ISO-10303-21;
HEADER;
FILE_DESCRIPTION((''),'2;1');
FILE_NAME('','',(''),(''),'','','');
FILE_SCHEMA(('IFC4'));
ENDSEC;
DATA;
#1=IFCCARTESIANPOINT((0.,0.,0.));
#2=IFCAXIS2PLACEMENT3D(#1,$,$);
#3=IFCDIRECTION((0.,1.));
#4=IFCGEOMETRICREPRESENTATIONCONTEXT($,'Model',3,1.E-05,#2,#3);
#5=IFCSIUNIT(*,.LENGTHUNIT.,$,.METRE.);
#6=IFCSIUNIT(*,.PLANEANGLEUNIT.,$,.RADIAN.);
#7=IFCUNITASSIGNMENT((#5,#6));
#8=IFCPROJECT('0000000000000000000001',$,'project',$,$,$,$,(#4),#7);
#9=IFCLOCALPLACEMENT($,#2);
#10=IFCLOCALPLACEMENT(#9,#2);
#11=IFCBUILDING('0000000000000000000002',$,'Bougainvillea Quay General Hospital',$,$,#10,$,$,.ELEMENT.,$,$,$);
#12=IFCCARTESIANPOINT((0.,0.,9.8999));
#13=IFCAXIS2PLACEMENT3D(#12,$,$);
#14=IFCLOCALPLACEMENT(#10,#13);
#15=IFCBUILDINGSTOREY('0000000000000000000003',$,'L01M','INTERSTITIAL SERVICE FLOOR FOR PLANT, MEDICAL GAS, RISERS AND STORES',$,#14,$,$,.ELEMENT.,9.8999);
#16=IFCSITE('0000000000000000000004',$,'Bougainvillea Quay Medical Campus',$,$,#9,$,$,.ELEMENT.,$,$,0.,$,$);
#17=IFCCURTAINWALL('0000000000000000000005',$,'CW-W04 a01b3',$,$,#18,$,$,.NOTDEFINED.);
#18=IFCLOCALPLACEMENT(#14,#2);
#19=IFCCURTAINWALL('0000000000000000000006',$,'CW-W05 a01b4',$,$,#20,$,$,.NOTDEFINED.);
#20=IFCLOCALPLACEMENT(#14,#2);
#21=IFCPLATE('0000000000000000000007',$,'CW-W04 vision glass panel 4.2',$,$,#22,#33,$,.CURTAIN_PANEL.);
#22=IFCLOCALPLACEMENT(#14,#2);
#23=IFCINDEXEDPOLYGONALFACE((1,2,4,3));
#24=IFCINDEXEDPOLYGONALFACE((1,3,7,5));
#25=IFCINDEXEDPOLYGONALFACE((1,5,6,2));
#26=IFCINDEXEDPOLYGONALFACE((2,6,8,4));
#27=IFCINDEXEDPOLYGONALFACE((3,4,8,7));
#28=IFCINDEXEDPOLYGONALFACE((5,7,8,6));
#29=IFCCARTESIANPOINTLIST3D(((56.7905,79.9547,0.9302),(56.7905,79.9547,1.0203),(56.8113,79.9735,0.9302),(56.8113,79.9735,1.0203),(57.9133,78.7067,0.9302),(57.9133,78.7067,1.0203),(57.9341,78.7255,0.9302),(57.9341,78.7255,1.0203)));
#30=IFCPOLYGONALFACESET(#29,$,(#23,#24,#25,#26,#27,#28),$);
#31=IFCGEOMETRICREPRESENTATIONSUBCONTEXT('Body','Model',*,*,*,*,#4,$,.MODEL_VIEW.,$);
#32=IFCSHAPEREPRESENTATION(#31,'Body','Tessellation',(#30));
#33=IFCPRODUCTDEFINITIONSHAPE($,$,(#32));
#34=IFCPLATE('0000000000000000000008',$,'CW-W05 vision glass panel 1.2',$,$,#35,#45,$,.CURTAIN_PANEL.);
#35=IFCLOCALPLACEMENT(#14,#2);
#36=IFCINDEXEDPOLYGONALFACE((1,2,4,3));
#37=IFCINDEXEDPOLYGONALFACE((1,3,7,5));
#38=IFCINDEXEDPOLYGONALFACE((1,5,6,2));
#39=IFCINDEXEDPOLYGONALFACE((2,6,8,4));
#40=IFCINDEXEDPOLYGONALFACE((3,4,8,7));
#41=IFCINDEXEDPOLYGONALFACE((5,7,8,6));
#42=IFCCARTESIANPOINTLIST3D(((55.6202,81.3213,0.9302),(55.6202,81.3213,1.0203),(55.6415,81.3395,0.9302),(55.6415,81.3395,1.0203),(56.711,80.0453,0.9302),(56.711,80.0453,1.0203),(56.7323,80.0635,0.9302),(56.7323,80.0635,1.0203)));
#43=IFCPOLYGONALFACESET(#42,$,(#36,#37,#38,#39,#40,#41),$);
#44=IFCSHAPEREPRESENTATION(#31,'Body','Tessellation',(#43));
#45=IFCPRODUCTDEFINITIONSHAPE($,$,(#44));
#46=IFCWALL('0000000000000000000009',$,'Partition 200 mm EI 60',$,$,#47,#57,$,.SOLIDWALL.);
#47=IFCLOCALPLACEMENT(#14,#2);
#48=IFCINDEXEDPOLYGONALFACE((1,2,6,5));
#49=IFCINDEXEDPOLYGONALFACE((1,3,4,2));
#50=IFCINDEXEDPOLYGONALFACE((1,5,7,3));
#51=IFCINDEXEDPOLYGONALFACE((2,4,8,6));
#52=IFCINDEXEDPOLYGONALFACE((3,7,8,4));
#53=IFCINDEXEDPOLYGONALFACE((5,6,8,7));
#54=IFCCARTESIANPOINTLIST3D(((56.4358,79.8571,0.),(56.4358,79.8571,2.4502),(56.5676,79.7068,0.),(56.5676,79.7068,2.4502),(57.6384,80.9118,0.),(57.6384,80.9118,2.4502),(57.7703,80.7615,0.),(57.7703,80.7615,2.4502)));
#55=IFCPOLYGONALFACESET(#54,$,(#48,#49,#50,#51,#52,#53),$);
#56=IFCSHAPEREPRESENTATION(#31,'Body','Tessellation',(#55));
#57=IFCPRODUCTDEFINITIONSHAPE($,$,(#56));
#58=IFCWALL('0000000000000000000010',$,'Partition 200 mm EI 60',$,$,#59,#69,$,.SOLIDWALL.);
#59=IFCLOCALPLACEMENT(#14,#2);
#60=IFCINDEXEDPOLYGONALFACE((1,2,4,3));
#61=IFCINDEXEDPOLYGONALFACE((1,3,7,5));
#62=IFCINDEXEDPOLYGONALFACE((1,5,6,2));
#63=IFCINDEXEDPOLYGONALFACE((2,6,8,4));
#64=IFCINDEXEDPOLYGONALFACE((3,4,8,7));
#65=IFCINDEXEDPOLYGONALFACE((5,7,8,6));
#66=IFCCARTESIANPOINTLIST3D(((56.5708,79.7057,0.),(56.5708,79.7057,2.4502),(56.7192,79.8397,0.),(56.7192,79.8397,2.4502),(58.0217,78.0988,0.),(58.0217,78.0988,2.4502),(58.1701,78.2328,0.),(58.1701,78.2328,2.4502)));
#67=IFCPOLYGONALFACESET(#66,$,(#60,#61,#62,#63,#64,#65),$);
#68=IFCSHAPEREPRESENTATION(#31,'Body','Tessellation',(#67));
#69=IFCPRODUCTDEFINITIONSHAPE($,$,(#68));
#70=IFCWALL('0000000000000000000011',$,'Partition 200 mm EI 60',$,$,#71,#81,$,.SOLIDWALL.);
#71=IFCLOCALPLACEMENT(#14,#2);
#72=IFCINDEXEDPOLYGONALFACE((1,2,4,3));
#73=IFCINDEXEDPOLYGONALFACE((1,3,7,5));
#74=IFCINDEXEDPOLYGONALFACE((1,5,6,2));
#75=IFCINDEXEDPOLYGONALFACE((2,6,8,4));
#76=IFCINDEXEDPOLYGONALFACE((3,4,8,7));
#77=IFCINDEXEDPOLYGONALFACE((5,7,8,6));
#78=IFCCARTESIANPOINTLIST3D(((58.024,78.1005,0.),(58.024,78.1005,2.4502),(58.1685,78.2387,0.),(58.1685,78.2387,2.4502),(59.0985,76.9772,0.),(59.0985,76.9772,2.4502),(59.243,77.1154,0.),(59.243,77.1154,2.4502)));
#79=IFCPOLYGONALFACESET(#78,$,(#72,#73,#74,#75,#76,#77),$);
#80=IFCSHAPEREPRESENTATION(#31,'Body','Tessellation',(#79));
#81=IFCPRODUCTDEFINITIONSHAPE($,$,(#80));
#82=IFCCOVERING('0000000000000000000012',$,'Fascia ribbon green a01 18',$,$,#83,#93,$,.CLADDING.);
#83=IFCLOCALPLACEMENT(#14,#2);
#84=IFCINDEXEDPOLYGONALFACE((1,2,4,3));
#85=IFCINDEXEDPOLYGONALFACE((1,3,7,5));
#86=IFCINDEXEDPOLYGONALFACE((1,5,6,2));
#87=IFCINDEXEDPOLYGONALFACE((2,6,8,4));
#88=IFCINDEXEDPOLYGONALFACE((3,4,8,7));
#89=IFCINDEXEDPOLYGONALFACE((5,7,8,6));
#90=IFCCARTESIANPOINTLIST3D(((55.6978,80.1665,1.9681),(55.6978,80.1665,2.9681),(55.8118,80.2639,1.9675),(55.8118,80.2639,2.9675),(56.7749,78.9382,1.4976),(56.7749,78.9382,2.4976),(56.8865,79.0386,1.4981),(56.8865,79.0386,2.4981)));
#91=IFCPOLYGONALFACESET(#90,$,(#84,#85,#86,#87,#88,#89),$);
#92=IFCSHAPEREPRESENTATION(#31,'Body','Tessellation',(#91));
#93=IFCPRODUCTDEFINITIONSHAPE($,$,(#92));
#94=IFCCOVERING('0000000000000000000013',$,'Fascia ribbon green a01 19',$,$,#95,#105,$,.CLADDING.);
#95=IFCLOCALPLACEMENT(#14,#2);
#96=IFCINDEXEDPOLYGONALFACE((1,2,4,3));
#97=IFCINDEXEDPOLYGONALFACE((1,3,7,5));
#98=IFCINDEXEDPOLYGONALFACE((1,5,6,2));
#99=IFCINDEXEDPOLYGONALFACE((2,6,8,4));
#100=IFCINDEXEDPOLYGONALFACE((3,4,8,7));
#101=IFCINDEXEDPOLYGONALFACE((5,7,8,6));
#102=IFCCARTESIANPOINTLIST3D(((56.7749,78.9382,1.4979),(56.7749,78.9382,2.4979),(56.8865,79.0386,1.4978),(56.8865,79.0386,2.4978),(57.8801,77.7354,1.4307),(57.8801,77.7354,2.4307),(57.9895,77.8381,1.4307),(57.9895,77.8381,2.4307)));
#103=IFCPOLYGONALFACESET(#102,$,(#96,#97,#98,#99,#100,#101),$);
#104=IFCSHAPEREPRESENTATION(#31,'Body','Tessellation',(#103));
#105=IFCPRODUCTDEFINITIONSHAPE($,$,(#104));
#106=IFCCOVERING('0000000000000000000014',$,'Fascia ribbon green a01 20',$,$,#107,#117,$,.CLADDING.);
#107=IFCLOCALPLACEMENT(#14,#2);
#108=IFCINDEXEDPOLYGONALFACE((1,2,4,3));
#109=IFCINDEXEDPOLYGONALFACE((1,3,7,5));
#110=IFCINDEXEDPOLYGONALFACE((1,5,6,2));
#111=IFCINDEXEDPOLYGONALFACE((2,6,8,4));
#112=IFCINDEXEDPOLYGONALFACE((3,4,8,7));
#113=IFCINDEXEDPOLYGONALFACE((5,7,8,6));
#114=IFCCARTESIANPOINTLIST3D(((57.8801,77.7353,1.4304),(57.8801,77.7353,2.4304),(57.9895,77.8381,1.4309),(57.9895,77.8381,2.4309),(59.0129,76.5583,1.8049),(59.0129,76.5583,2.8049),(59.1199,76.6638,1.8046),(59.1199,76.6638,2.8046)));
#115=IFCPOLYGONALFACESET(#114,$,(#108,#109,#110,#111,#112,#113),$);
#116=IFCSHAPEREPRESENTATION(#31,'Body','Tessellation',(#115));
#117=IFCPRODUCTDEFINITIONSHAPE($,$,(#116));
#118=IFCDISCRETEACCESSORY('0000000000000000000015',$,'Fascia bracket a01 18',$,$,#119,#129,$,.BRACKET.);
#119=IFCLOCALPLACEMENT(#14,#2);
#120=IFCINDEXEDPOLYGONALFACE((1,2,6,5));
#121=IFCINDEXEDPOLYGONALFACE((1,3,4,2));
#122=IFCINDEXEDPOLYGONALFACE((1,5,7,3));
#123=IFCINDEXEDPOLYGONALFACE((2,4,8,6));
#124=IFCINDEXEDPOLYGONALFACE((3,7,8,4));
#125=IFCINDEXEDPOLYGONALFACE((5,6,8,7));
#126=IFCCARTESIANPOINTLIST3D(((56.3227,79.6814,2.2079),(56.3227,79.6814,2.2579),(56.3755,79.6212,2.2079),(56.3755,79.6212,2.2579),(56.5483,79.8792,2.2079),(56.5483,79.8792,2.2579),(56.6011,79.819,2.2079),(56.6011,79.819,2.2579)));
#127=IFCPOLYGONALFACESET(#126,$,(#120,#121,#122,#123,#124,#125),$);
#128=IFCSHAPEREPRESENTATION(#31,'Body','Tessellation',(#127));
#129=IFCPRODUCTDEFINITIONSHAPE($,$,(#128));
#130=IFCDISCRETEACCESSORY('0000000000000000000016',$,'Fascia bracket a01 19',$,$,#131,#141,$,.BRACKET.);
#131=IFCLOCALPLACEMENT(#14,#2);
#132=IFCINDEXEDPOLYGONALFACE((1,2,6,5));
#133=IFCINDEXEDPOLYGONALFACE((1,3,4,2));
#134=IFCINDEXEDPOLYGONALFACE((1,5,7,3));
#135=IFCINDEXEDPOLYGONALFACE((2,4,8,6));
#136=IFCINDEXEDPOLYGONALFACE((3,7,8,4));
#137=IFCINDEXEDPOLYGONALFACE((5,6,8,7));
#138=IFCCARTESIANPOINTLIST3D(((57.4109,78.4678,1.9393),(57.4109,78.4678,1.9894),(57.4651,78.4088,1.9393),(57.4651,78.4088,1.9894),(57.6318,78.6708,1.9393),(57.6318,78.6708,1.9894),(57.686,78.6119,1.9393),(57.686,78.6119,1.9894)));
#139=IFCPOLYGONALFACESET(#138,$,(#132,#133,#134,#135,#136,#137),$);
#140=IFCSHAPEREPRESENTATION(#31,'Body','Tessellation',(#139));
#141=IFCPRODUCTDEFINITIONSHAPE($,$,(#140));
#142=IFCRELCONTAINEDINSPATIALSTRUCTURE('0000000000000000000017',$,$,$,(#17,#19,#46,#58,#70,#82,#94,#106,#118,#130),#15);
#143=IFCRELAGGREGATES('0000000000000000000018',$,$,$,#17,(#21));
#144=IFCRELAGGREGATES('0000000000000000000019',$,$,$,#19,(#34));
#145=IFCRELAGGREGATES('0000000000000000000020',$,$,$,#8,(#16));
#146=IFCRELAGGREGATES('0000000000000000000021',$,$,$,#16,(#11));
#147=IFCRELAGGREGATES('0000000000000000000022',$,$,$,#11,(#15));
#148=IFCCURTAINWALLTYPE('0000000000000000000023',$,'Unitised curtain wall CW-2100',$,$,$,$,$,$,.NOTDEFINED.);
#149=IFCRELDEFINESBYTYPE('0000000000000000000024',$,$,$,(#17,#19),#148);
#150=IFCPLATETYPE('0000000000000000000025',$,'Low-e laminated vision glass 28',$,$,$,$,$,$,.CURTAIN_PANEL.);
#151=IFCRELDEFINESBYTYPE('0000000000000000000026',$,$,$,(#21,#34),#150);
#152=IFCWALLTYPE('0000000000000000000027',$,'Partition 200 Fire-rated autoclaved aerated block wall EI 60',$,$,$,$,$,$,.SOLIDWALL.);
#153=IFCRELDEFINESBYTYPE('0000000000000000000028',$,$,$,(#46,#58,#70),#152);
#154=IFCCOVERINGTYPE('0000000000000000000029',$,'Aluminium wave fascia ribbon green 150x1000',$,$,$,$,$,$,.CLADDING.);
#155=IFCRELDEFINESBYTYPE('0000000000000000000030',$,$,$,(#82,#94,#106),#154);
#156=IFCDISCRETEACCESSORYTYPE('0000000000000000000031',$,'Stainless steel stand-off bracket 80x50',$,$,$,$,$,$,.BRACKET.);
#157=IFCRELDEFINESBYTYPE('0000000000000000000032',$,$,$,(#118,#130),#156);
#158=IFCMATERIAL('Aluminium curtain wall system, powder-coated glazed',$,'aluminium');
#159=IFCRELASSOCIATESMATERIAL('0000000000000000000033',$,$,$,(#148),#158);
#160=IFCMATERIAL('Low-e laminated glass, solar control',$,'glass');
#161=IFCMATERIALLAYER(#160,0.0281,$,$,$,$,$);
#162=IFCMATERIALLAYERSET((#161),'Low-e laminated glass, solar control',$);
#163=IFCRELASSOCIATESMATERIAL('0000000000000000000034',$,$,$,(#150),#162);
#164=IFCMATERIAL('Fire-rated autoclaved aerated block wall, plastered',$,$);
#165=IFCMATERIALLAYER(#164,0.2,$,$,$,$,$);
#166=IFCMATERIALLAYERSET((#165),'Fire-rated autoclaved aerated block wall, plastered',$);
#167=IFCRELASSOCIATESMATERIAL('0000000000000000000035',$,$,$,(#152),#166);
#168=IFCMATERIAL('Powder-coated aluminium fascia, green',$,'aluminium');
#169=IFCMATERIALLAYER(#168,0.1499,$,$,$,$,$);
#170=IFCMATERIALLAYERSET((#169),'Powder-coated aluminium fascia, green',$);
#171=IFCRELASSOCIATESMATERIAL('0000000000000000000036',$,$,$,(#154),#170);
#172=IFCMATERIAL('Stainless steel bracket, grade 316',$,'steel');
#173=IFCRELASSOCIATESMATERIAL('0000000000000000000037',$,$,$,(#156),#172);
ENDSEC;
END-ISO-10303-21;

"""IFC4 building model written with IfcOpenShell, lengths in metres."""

from ifc_helpers import new_model, si_unit, direction, frame, frame_2d, origin, origin_2d, place, context, subcontext, project, spatial, polyline, rectangle, outline, extrude, material, layer, layer_set, material_profile, profile_set, type_object, element, aggregate, save


model = new_model("IFC4")

# Units and contexts
model_context = context("Model", 3, precision=1e-05, world=origin(), true_north=direction((0.0, 1.0)))
body_context = subcontext(model_context, "Body", "Model", "MODEL_VIEW")
ifc_project = project(units=[si_unit("LENGTHUNIT", "METRE"), si_unit("PLANEANGLEUNIT", "RADIAN")], contexts=[model_context])

# Site, building, storey
site_placement = place(None, origin())
site = spatial("IfcSite", under=ifc_project, at=site_placement, Name="Bougainvillea Quay Medical Campus", CompositionType="ELEMENT", RefElevation=0.0)
building_placement = place(site_placement, origin())
building = spatial("IfcBuilding", under=site, at=building_placement, Name="Bougainvillea Quay General Hospital", CompositionType="ELEMENT")
storey_placement = place(building_placement, frame((0.0, 0.0, 9.8999)))
storey = spatial("IfcBuildingStorey", under=building, at=storey_placement, Name="L01M", Description="INTERSTITIAL SERVICE FLOOR FOR PLANT, MEDICAL GAS, RISERS AND STORES", CompositionType="ELEMENT", Elevation=9.8999)

# Curtain wall
ifc_material_1 = material(Name="Aluminium curtain wall system, powder-coated glazed", Category="aluminium")
curtain_wall_type = type_object("IfcCurtainWallType", Name="Unitised curtain wall CW-2100", PredefinedType="NOTDEFINED", material=ifc_material_1)
curtain_wall_1_placement = place(storey_placement, origin())
curtain_wall_1 = element("IfcCurtainWall", 1, at=curtain_wall_1_placement, inside=storey, type_object=curtain_wall_type, Name="CW-W04 a01b3", PredefinedType="NOTDEFINED")

# Curtain wall
curtain_wall_2_placement = place(storey_placement, origin())
curtain_wall_2 = element("IfcCurtainWall", 2, at=curtain_wall_2_placement, inside=storey, type_object=curtain_wall_type, Name="CW-W05 a01b4", PredefinedType="NOTDEFINED")

# Plates
ifc_material_2 = material(Name="Low-e laminated glass, solar control", Category="glass")
ifc_layer_1 = layer(ifc_material_2, 0.0281)
ifc_layer_set_1 = layer_set([ifc_layer_1], Name="Low-e laminated glass, solar control")
plate_type_1 = type_object("IfcPlateType", Name="Low-e laminated vision glass 28", PredefinedType="CURTAIN_PANEL", material=ifc_layer_set_1)
plate_1_placement = place(storey_placement, frame((57.3623, 79.3401, 0.9302), z_axis=(0.0, 0.0, 1.0), x_axis=(-0.668852, 0.743396, 0.0)))
plate_1 = element("IfcPlate", 3, at=plate_1_placement, type_object=plate_type_1, Name="CW-W04 vision glass panel 4.2", PredefinedType="CURTAIN_PANEL", context=body_context, shape_type="SweptSolid", body=[
    extrude(rectangle(XDim=1.6787, YDim=0.0281, at=origin_2d()), origin(), (0.0, 0.0, 1.0), 0.0901),
])
aggregate(curtain_wall_1, [plate_1])
plate_2_placement = place(storey_placement, frame((56.1763, 80.6924, 0.9302), z_axis=(0.0, 0.0, 1.0), x_axis=(-0.649786, 0.760117, 0.0)))
plate_2 = element("IfcPlate", 4, at=plate_2_placement, type_object=plate_type_1, Name="CW-W05 vision glass panel 1.2", PredefinedType="CURTAIN_PANEL", context=body_context, shape_type="SweptSolid", body=[
    extrude(rectangle(XDim=1.6787, YDim=0.0281, at=origin_2d()), origin(), (0.0, 0.0, 1.0), 0.0901),
])
aggregate(curtain_wall_2, [plate_2])

# Walls
ifc_material_3 = material(Name="Fire-rated autoclaved aerated block wall, plastered")
ifc_layer_2 = layer(ifc_material_3, 0.2)
ifc_layer_set_2 = layer_set([ifc_layer_2], Name="Fire-rated autoclaved aerated block wall, plastered")
wall_type = type_object("IfcWallType", Name="Partition 200 Fire-rated autoclaved aerated block wall EI 60", PredefinedType="SOLIDWALL", material=ifc_layer_set_2)
wall_1_placement = place(storey_placement, frame((56.5017, 79.782, 0.0), z_axis=(0.0, 0.0, 1.0), x_axis=(0.751839, 0.659347, 0.0)))
element("IfcWall", 5, at=wall_1_placement, inside=storey, type_object=wall_type, Name="Partition 200 mm EI 60", PredefinedType="SOLIDWALL", context=body_context, shape_type="SweptSolid", body=[
    extrude(rectangle(XDim=1.5996, YDim=0.2, at=frame_2d((0.7998, 0.0))), origin(), (0.0, 0.0, 1.0), 2.4502),
])
wall_2_placement = place(storey_placement, frame((56.645, 79.7727, 0.0), z_axis=(0.0, 0.0, 1.0), x_axis=(0.67016, -0.742217, 0.0)))
element("IfcWall", 6, at=wall_2_placement, inside=storey, type_object=wall_type, Name="Partition 200 mm EI 60", PredefinedType="SOLIDWALL", context=body_context, shape_type="SweptSolid", body=[
    extrude(rectangle(XDim=2.165, YDim=0.2, at=frame_2d((1.0825, 0.0))), origin(), (0.0, 0.0, 1.0), 2.4502),
])
wall_3_placement = place(storey_placement, frame((58.0962, 78.1697, 0.0), z_axis=(0.0, 0.0, 1.0), x_axis=(0.691226, -0.722638, 0.0)))
element("IfcWall", 7, at=wall_3_placement, inside=storey, type_object=wall_type, Name="Partition 200 mm EI 60", PredefinedType="SOLIDWALL", context=body_context, shape_type="SweptSolid", body=[
    extrude(rectangle(XDim=1.5544, YDim=0.2, at=frame_2d((0.7773, 0.0))), origin(), (0.0, 0.0, 1.0), 2.4502),
])

# Coverings
ifc_material_4 = material(Name="Powder-coated aluminium fascia, green", Category="aluminium")
ifc_layer_3 = layer(ifc_material_4, 0.1499)
ifc_layer_set_3 = layer_set([ifc_layer_3], Name="Powder-coated aluminium fascia, green")
covering_type = type_object("IfcCoveringType", Name="Aluminium wave fascia ribbon green 150x1000", PredefinedType="CLADDING", material=ifc_layer_set_3)
covering_1_placement = place(storey_placement, frame((55.8118, 80.2639, 1.9675), z_axis=(0.182441, -0.208117, 0.960938), x_axis=(0.633628, -0.722439, -0.276762)))
element("IfcCovering", 8, at=covering_1_placement, inside=storey, type_object=covering_type, Name="Fascia ribbon green a01 18", PredefinedType="CLADDING", context=body_context, shape_type="SweptSolid", body=[
    extrude(outline(polyline([(0.0, 0.0), (1.6961, 0.0), (1.6981, -0.15), (-0.002, -0.1499), (0.0, 0.0)])), origin(), (-0.276762, 0.000067, 0.960938), 1.0),
])
covering_2_placement = place(storey_placement, frame((56.8865, 79.0386, 1.4978), z_axis=(0.027821, -0.030262, 0.999155), x_axis=(0.676027, -0.735729, -0.041107)))
element("IfcCovering", 9, at=covering_2_placement, inside=storey, type_object=covering_type, Name="Fascia ribbon green a01 19", PredefinedType="CLADDING", context=body_context, shape_type="SweptSolid", body=[
    extrude(outline(polyline([(0.0, 0.0), (1.6316, 0.0), (1.6333, -0.1501), (-0.0016, -0.15), (0.0, 0.0)])), origin(), (-0.041107, -0.000011, 0.999155), 1.0),
])
covering_3_placement = place(storey_placement, frame((57.9895, 77.8381, 1.4309), z_axis=(-0.155574, 0.160451, 0.974706), x_axis=(0.675957, -0.702236, 0.223489)))
element("IfcCovering", 10, at=covering_3_placement, inside=storey, type_object=covering_type, Name="Fascia ribbon green a01 20", PredefinedType="CLADDING", context=body_context, shape_type="SweptSolid", body=[
    extrude(outline(polyline([(0.0, 0.0), (1.6723, 0.0), (1.6741, -0.1502), (-0.0019, -0.1501), (0.0, 0.0)])), origin(), (0.223489, 0.000792, 0.974706), 1.0),
])

# Discrete accessories
ifc_material_5 = material(Name="Stainless steel bracket, grade 316", Category="steel")
ifc_material_profile_1 = material_profile(ifc_material_5, rectangle(XDim=0.0801, YDim=0.05, at=origin_2d()))
ifc_profile_set_1 = profile_set([ifc_material_profile_1], Name="Stainless steel bracket, grade 316")
discrete_accessory_type = type_object("IfcDiscreteAccessoryType", Name="Stainless steel stand-off bracket 80x50", PredefinedType="BRACKET", material=ifc_profile_set_1)
for number, where, z_axis, x_axis, name in (
    (11, (56.5747, 79.8491, 2.2329), (-0.751971, -0.659196, 0.0), (0.659196, -0.751971, 0.0), "Fascia bracket a01 18"),
    (12, (57.6589, 78.6414, 1.9644), (-0.736174, -0.676792, 0.0), (0.676792, -0.736174, 0.0), "Fascia bracket a01 19"),
):
    element("IfcDiscreteAccessory", number, at=place(storey_placement, frame(where, z_axis=z_axis, x_axis=x_axis)), inside=storey, type_object=discrete_accessory_type, Name=name, PredefinedType="BRACKET", context=body_context, shape_type="SweptSolid", body=[
        extrude(rectangle(XDim=0.0801, YDim=0.05, at=origin_2d()), origin(), (0.0, 0.0, 1.0), 0.3),
    ])

save(model, "model.ifc")
